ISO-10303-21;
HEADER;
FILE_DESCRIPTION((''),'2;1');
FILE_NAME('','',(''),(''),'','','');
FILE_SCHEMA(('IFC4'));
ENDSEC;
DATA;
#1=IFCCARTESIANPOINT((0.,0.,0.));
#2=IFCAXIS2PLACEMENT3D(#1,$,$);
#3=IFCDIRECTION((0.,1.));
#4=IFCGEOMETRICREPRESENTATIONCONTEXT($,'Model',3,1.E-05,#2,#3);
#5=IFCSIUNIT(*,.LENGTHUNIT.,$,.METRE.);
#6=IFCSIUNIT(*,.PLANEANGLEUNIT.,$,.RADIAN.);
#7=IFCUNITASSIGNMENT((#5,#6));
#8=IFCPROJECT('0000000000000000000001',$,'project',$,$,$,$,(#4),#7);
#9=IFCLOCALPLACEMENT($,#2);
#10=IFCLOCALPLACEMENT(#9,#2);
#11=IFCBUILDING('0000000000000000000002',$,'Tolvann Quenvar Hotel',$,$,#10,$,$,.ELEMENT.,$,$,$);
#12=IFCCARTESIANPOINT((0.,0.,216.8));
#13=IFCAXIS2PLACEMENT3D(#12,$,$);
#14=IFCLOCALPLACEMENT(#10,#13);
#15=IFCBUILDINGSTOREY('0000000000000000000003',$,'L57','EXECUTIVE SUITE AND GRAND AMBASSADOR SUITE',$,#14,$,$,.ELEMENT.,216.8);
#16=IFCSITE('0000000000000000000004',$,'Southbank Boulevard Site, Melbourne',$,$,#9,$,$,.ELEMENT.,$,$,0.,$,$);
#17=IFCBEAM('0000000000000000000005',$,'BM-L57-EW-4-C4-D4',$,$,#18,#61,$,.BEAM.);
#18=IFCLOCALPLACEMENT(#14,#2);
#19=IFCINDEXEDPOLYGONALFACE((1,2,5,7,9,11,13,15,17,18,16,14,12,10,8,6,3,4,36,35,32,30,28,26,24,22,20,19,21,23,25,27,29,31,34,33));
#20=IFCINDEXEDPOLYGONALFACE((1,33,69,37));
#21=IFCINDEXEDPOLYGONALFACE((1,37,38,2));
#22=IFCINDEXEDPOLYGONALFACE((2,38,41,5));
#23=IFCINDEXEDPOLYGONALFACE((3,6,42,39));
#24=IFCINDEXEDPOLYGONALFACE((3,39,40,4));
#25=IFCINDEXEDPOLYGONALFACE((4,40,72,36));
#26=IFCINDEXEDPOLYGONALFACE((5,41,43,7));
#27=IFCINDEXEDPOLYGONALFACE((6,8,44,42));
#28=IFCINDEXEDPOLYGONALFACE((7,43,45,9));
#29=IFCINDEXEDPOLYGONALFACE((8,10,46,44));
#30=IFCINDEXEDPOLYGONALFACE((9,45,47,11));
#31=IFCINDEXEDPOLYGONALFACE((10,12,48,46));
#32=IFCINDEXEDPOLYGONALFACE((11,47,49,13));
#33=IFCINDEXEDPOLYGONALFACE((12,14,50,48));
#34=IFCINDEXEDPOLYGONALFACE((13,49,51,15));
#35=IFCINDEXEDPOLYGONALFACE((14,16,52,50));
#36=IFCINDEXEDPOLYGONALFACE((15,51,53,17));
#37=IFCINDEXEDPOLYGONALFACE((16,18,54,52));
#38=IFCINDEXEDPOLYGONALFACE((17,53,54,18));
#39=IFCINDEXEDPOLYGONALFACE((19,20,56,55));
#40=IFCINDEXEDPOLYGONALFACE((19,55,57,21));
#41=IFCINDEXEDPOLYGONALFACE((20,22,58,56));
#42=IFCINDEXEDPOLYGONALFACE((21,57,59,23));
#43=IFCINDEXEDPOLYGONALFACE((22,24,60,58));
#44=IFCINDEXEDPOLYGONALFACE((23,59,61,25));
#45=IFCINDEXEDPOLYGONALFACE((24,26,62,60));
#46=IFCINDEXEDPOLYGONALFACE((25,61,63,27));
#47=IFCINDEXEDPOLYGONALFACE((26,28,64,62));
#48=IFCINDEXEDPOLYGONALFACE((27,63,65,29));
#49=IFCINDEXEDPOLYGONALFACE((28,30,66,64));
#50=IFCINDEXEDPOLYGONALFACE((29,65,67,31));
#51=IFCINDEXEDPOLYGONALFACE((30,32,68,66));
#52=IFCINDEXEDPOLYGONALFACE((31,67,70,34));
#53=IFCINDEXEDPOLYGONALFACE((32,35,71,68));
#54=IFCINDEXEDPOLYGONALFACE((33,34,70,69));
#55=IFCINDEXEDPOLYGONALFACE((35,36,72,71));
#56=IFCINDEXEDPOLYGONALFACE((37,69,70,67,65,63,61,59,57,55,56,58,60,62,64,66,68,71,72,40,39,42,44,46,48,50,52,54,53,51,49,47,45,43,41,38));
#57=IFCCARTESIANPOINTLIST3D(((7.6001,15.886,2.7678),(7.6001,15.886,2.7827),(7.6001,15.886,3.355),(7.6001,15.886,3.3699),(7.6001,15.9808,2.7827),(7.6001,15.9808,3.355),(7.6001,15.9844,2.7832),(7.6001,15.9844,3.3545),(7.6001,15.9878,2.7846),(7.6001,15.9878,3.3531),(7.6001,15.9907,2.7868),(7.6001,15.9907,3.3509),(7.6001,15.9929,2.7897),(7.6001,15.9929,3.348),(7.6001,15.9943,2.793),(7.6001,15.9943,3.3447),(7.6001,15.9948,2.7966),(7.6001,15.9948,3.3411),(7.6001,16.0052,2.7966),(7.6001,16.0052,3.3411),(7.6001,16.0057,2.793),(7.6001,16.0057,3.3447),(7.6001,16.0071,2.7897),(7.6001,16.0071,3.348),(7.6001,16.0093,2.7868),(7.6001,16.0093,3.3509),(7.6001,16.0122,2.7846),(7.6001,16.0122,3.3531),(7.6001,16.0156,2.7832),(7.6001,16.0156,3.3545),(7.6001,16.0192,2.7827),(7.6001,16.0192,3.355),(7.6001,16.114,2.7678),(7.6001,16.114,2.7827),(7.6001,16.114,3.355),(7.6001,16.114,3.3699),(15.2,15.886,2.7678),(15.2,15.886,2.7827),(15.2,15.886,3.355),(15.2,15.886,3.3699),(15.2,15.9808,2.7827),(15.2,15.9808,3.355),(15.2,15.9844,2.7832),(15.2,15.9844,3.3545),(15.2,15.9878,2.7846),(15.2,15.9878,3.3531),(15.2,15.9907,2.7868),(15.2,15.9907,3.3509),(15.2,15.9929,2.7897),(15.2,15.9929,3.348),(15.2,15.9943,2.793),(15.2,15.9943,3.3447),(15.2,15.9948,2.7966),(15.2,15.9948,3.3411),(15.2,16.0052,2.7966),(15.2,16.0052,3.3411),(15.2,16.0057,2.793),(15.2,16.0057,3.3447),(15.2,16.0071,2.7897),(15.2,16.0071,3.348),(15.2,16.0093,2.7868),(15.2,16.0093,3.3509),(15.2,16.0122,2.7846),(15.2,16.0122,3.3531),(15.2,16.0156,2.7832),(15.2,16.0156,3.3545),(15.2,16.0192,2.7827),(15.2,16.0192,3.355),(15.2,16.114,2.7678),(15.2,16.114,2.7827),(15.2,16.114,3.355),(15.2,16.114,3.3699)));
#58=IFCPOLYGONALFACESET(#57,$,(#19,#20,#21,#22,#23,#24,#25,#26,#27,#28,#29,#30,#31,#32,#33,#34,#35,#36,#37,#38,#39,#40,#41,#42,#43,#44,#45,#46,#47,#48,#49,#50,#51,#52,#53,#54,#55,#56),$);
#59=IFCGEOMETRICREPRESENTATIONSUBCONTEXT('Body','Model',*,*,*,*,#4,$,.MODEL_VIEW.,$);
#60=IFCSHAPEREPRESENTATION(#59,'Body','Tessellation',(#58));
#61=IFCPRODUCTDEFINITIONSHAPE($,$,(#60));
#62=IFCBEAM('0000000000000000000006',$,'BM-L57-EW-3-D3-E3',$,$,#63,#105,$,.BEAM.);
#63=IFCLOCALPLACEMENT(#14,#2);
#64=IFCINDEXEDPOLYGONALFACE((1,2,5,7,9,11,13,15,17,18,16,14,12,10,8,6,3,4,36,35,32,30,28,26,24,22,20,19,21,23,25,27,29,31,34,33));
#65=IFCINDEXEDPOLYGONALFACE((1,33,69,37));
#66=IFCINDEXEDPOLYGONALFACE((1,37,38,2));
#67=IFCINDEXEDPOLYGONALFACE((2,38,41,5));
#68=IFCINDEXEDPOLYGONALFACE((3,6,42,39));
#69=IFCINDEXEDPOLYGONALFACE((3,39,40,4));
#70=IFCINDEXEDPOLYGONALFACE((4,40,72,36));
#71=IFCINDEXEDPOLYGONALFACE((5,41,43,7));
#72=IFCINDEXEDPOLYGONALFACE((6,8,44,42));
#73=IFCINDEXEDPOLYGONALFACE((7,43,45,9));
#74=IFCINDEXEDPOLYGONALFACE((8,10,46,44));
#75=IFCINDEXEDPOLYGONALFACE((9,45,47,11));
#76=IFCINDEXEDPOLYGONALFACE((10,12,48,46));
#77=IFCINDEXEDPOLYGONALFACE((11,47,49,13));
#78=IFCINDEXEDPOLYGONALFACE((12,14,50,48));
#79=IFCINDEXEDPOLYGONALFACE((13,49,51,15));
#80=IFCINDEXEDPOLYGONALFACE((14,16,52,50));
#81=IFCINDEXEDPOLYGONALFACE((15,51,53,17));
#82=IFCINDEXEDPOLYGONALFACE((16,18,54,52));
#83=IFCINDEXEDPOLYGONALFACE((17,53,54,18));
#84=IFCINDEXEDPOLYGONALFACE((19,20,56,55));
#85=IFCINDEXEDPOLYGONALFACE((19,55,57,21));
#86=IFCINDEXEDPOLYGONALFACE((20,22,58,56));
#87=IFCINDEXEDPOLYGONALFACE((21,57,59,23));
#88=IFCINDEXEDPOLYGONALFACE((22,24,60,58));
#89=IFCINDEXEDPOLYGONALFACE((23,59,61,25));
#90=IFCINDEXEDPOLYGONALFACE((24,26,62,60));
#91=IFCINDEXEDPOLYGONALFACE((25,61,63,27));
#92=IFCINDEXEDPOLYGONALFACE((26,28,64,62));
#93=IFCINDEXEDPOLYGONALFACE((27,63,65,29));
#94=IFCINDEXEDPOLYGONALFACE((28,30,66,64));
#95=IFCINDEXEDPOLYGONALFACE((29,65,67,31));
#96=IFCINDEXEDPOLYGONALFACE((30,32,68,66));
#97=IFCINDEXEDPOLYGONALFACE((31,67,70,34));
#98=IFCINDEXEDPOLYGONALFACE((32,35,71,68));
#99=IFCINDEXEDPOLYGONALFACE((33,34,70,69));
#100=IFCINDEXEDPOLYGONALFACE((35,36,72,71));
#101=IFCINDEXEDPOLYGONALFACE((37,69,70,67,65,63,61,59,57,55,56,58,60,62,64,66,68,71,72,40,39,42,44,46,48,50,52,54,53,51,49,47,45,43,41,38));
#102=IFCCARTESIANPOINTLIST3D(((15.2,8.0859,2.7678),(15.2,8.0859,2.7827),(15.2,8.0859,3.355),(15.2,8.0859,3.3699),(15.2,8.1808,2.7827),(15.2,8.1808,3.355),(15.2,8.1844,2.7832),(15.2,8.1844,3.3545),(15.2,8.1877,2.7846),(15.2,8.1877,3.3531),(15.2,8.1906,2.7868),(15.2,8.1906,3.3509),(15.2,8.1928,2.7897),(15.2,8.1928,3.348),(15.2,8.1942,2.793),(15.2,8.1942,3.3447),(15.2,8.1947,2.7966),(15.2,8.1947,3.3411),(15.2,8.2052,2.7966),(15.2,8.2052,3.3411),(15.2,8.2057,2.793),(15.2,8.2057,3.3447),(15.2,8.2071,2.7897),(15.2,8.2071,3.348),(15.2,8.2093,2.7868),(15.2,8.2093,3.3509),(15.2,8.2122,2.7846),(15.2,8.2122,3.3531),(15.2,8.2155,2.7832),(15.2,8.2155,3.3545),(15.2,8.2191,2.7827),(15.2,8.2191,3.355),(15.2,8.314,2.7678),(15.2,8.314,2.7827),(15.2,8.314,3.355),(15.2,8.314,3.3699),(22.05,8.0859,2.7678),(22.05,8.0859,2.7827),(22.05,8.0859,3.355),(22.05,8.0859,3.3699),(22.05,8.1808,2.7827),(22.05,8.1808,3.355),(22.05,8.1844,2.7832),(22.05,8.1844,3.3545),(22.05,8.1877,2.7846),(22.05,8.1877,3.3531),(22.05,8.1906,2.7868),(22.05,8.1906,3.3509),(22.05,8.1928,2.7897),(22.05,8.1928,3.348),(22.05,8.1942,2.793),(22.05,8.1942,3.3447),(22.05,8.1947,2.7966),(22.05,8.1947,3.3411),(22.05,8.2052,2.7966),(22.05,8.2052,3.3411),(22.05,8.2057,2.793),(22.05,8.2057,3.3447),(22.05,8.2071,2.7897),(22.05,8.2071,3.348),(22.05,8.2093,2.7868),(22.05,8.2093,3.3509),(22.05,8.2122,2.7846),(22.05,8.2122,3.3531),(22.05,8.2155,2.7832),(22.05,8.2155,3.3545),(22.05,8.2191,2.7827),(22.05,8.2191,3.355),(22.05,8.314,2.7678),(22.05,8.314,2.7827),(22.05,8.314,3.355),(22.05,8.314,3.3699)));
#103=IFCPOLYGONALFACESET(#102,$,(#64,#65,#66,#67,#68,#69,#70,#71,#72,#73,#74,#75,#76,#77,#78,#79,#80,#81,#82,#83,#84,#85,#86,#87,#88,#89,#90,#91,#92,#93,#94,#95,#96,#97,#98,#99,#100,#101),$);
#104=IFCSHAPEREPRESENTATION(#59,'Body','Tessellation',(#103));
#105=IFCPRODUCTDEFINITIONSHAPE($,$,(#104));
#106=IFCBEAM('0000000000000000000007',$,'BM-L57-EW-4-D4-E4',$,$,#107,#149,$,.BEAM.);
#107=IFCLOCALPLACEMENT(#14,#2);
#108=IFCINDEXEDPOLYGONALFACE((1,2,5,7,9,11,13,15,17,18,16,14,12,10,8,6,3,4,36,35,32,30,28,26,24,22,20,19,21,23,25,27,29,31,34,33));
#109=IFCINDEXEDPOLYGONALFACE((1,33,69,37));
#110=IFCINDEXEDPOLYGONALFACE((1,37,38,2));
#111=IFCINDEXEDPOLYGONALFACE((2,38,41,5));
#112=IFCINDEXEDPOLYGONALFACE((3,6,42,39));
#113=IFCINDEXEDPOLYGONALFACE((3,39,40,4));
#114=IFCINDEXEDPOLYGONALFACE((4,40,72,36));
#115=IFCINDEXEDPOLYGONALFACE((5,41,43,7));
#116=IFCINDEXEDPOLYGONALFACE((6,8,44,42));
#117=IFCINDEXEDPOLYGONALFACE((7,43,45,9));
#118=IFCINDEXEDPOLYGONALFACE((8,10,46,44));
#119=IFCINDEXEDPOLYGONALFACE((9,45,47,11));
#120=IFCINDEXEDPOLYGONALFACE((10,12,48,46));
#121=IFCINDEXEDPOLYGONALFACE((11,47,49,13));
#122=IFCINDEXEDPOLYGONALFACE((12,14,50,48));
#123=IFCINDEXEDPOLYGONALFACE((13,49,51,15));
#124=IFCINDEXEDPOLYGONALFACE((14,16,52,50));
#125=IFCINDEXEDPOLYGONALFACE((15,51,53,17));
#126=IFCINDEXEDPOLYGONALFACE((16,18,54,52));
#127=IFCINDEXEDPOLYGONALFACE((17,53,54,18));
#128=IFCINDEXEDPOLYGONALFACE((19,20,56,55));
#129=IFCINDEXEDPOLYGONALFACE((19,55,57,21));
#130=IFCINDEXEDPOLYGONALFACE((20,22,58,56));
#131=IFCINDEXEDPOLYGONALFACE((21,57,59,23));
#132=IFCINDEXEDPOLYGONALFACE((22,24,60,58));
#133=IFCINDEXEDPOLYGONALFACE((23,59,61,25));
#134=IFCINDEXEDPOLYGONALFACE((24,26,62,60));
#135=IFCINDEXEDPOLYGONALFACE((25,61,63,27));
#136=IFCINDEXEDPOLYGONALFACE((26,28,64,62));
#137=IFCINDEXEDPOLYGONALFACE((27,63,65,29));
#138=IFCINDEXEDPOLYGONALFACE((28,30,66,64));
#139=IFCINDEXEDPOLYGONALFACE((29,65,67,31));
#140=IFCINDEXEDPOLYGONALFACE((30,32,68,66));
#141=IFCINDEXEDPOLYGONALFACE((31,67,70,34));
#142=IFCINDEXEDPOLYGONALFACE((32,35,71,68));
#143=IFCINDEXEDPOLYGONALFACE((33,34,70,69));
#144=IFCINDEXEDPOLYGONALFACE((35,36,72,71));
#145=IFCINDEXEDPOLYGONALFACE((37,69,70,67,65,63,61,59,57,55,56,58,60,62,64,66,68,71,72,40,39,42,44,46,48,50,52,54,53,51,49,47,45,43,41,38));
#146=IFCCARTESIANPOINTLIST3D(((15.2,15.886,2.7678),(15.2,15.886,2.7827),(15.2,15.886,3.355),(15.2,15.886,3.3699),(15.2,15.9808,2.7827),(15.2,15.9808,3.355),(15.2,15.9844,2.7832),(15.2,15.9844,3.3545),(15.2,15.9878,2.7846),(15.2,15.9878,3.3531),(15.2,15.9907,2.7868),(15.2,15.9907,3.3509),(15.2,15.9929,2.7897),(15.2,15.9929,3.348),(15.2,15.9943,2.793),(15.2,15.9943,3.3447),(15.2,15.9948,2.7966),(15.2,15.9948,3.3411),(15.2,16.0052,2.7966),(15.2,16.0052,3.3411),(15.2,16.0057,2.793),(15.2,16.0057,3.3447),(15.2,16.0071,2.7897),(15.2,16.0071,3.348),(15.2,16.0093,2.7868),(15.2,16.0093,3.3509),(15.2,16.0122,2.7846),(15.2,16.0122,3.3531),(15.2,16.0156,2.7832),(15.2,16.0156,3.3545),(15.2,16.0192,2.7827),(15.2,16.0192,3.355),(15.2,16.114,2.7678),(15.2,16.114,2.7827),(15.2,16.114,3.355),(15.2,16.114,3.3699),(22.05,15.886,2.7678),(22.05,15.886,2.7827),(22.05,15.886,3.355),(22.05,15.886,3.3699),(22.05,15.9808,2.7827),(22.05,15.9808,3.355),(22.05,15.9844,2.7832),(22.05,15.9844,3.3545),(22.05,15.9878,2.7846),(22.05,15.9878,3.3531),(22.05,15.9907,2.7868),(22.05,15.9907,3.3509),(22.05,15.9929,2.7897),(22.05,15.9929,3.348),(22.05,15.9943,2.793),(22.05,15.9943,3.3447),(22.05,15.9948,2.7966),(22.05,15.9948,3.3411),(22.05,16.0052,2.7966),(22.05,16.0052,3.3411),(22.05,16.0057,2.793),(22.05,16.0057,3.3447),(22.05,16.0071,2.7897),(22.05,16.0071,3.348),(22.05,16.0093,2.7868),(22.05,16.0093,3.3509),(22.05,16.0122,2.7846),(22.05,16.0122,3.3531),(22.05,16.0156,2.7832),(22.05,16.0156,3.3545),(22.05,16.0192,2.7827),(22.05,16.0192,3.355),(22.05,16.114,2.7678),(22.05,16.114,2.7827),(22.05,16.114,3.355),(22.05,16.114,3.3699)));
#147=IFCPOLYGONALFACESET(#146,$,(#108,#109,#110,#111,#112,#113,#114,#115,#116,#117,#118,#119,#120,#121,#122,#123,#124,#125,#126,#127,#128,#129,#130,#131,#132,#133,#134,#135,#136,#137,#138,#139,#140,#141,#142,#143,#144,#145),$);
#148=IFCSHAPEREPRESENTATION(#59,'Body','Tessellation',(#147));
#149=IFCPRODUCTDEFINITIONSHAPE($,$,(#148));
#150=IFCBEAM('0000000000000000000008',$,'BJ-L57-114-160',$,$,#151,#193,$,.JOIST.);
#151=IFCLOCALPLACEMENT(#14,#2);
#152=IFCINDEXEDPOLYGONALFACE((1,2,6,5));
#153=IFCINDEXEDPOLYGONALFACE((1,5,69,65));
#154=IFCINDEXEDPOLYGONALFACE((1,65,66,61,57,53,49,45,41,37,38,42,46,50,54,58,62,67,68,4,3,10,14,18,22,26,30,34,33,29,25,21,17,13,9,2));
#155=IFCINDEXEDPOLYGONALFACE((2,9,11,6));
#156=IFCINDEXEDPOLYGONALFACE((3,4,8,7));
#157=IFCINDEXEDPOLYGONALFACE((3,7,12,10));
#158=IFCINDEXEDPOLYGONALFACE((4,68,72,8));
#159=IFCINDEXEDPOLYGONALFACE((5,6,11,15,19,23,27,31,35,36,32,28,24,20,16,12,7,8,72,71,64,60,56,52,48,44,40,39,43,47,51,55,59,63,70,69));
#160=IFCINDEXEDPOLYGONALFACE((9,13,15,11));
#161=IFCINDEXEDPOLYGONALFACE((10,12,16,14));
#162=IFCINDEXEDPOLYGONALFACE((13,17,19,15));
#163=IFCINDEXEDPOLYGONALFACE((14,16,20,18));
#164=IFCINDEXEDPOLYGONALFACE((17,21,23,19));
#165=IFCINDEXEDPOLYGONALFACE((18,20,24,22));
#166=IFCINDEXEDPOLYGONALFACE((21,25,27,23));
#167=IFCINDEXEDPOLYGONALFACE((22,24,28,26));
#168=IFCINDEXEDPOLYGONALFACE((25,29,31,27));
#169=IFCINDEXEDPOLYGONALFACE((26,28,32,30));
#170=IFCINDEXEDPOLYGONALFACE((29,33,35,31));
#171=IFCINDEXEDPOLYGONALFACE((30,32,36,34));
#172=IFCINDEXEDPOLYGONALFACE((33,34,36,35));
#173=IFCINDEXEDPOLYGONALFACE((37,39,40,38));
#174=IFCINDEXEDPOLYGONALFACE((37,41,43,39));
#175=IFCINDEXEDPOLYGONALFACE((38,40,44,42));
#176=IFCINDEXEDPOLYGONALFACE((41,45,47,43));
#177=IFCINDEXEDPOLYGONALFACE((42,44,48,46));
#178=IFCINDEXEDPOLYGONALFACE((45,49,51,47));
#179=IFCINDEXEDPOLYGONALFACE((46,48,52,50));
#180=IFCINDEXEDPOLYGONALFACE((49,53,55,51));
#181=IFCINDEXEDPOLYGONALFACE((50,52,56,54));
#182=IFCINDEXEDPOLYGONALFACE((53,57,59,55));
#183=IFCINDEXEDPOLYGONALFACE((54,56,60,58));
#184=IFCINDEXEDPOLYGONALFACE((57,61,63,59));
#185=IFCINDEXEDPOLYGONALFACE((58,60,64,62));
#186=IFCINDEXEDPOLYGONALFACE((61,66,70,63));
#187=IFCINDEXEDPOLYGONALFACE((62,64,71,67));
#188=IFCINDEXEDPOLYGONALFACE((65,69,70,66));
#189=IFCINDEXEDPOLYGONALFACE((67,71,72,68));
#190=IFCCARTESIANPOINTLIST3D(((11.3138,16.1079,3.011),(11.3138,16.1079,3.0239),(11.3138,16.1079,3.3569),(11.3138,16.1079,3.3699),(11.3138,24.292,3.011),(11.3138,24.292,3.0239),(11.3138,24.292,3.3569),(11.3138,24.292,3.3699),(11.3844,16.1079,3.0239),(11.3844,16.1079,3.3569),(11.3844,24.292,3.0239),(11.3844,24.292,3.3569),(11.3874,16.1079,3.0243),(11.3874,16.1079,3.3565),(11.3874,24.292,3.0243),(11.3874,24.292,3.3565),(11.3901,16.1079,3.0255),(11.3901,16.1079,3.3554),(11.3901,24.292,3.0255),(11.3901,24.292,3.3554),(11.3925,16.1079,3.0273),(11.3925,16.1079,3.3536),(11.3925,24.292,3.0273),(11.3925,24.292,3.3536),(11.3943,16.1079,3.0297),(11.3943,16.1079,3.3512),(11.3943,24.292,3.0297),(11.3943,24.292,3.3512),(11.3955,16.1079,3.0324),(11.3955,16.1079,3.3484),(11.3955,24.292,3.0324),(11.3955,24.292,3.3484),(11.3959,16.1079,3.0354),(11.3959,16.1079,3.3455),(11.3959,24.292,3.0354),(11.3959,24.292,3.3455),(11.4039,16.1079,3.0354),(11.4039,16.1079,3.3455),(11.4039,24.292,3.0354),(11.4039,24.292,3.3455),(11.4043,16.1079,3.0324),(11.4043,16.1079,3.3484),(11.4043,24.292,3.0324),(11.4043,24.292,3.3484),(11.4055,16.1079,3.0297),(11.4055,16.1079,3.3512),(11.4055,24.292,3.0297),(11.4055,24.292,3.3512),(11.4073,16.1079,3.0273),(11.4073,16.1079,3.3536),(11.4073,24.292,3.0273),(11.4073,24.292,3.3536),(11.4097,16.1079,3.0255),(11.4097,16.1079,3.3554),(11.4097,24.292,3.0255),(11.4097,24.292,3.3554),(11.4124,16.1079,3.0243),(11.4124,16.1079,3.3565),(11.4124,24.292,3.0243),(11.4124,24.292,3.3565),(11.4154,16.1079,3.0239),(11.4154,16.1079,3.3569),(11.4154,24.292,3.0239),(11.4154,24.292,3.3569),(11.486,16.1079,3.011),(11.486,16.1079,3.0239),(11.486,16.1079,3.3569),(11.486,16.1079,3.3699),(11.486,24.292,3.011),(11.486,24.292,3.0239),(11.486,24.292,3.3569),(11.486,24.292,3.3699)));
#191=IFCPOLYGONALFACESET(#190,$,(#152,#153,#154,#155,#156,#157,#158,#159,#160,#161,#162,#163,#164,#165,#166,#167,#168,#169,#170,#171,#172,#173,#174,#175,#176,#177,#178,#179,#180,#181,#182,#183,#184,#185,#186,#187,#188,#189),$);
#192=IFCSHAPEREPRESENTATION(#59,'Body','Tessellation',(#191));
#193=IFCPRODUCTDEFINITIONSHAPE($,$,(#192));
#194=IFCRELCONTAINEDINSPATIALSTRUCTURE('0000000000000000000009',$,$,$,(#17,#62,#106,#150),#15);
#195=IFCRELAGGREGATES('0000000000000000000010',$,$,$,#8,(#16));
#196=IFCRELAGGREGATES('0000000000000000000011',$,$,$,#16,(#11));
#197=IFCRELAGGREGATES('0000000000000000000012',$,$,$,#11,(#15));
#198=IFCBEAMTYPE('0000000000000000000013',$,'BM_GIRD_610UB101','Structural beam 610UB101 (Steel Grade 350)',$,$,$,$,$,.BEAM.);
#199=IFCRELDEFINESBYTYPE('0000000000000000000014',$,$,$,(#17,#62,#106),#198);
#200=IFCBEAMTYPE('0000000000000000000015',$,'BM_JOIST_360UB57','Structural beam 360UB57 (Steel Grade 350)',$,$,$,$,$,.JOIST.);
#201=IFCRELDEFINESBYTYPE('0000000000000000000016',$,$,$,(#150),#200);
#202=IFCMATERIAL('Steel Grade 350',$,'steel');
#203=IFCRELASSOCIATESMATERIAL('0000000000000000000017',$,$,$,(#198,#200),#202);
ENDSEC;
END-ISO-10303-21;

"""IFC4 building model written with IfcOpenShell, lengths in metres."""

from ifc_helpers import new_model, si_unit, direction, frame, origin, origin_2d, place, context, subcontext, project, spatial, i_section, extrude, source, transform, mapped, material, material_profile, profile_set, type_object, type_shapes, element, save


model = new_model("IFC4")

# Units and contexts
model_context = context("Model", 3, precision=1e-05, world=origin(), true_north=direction((0.0, 1.0)))
body_context = subcontext(model_context, "Body", "Model", "MODEL_VIEW")
ifc_project = project(units=[si_unit("LENGTHUNIT", "METRE"), si_unit("PLANEANGLEUNIT", "RADIAN")], contexts=[model_context])

# Site, building, storey
site_placement = place(None, origin())
site = spatial("IfcSite", under=ifc_project, at=site_placement, Name="Southbank Boulevard Site, Melbourne", CompositionType="ELEMENT", RefElevation=0.0)
building_placement = place(site_placement, origin())
building = spatial("IfcBuilding", under=site, at=building_placement, Name="Tolvann Quenvar Hotel", CompositionType="ELEMENT")
storey_placement = place(building_placement, frame((0.0, 0.0, 216.8)))
storey = spatial("IfcBuildingStorey", under=building, at=storey_placement, Name="L57", Description="EXECUTIVE SUITE AND GRAND AMBASSADOR SUITE", CompositionType="ELEMENT", Elevation=216.8)

# Shared definitions
ifc_material_1 = material(Name="Steel Grade 350", Category="steel")

# Beams
ifc_material_profile_1 = material_profile(ifc_material_1, i_section(OverallWidth=0.228, OverallDepth=0.6021, WebThickness=0.0105, FlangeThickness=0.0149, FilletRadius=0.0139, at=origin_2d()), Name="610UB101")
ifc_profile_set_1 = profile_set([ifc_material_profile_1], Name="Steel Grade 350")
beam_type_1 = type_object("IfcBeamType", Name="BM_GIRD_610UB101", Description="Structural beam 610UB101 (Steel Grade 350)", PredefinedType="BEAM", material=ifc_profile_set_1)
shared_shape_1 = source(origin(), body_context, "Body", "SweptSolid", [
    extrude(i_section(OverallWidth=0.228, OverallDepth=0.6021, WebThickness=0.0105, FlangeThickness=0.0149, FilletRadius=0.0139, at=origin_2d()), origin(), (0.0, 0.0, 1.0), 7.5999),
])
beam_1_placement = place(storey_placement, frame((7.6001, 16.0, 3.0688), z_axis=(1.0, 0.0, 0.0), x_axis=(0.0, 1.0, 0.0)))
element("IfcBeam", 1, at=beam_1_placement, inside=storey, type_object=beam_type_1, Name="BM-L57-EW-4-C4-D4", PredefinedType="BEAM", context=body_context, shape_type="MappedRepresentation", body=[
    mapped(shared_shape_1, transform((0.0, 0.0, 0.0), x_axis=(1.0, 0.0, 0.0), y_axis=(0.0, 1.0, 0.0), z_axis=(0.0, 0.0, 1.0), scale=1.0)),
])
shared_shape_2 = source(origin(), body_context, "Body", "SweptSolid", [
    extrude(i_section(OverallWidth=0.228, OverallDepth=0.6021, WebThickness=0.0105, FlangeThickness=0.0149, FilletRadius=0.0139, at=origin_2d()), origin(), (0.0, 0.0, 1.0), 6.8501),
])
for number, where, z_axis, x_axis, name in (
    (2, (15.2, 8.2, 3.0688), (1.0, 0.0, 0.0), (0.0, 1.0, 0.0), "BM-L57-EW-3-D3-E3"),
    (3, (15.2, 16.0, 3.0688), (1.0, 0.0, 0.0), (0.0, 1.0, 0.0), "BM-L57-EW-4-D4-E4"),
):
    element("IfcBeam", number, at=place(storey_placement, frame(where, z_axis=z_axis, x_axis=x_axis)), inside=storey, type_object=beam_type_1, Name=name, PredefinedType="BEAM", context=body_context, shape_type="MappedRepresentation", body=[
        mapped(shared_shape_2, transform((0.0, 0.0, 0.0), x_axis=(1.0, 0.0, 0.0), y_axis=(0.0, 1.0, 0.0), z_axis=(0.0, 0.0, 1.0), scale=1.0)),
    ])
ifc_material_profile_2 = material_profile(ifc_material_1, i_section(OverallWidth=0.1721, OverallDepth=0.3589, WebThickness=0.0081, FlangeThickness=0.0129, FilletRadius=0.0115, at=origin_2d()), Name="360UB57")
ifc_profile_set_2 = profile_set([ifc_material_profile_2], Name="Steel Grade 350")
beam_type_2 = type_object("IfcBeamType", Name="BM_JOIST_360UB57", Description="Structural beam 360UB57 (Steel Grade 350)", PredefinedType="JOIST", material=ifc_profile_set_2)
shared_shape_3 = source(origin(), body_context, "Body", "SweptSolid", [
    extrude(i_section(OverallWidth=0.1721, OverallDepth=0.3589, WebThickness=0.0081, FlangeThickness=0.0129, FilletRadius=0.0115, at=origin_2d()), origin(), (0.0, 0.0, 1.0), 8.1841),
])
type_shapes(beam_type_2, [shared_shape_3])
beam_2_placement = place(storey_placement, frame((11.3999, 16.1079, 3.1904), z_axis=(0.0, 1.0, 0.0), x_axis=(-1.0, 0.0, 0.0)))
element("IfcBeam", 4, at=beam_2_placement, inside=storey, type_object=beam_type_2, Name="BJ-L57-114-160", PredefinedType="JOIST", context=body_context, shape_type="MappedRepresentation", body=[
    mapped(shared_shape_3, transform((0.0, 0.0, 0.0), x_axis=(1.0, 0.0, 0.0), y_axis=(0.0, 1.0, 0.0), z_axis=(0.0, 0.0, 1.0), scale=1.0)),
])

save(model, "model.ifc")
